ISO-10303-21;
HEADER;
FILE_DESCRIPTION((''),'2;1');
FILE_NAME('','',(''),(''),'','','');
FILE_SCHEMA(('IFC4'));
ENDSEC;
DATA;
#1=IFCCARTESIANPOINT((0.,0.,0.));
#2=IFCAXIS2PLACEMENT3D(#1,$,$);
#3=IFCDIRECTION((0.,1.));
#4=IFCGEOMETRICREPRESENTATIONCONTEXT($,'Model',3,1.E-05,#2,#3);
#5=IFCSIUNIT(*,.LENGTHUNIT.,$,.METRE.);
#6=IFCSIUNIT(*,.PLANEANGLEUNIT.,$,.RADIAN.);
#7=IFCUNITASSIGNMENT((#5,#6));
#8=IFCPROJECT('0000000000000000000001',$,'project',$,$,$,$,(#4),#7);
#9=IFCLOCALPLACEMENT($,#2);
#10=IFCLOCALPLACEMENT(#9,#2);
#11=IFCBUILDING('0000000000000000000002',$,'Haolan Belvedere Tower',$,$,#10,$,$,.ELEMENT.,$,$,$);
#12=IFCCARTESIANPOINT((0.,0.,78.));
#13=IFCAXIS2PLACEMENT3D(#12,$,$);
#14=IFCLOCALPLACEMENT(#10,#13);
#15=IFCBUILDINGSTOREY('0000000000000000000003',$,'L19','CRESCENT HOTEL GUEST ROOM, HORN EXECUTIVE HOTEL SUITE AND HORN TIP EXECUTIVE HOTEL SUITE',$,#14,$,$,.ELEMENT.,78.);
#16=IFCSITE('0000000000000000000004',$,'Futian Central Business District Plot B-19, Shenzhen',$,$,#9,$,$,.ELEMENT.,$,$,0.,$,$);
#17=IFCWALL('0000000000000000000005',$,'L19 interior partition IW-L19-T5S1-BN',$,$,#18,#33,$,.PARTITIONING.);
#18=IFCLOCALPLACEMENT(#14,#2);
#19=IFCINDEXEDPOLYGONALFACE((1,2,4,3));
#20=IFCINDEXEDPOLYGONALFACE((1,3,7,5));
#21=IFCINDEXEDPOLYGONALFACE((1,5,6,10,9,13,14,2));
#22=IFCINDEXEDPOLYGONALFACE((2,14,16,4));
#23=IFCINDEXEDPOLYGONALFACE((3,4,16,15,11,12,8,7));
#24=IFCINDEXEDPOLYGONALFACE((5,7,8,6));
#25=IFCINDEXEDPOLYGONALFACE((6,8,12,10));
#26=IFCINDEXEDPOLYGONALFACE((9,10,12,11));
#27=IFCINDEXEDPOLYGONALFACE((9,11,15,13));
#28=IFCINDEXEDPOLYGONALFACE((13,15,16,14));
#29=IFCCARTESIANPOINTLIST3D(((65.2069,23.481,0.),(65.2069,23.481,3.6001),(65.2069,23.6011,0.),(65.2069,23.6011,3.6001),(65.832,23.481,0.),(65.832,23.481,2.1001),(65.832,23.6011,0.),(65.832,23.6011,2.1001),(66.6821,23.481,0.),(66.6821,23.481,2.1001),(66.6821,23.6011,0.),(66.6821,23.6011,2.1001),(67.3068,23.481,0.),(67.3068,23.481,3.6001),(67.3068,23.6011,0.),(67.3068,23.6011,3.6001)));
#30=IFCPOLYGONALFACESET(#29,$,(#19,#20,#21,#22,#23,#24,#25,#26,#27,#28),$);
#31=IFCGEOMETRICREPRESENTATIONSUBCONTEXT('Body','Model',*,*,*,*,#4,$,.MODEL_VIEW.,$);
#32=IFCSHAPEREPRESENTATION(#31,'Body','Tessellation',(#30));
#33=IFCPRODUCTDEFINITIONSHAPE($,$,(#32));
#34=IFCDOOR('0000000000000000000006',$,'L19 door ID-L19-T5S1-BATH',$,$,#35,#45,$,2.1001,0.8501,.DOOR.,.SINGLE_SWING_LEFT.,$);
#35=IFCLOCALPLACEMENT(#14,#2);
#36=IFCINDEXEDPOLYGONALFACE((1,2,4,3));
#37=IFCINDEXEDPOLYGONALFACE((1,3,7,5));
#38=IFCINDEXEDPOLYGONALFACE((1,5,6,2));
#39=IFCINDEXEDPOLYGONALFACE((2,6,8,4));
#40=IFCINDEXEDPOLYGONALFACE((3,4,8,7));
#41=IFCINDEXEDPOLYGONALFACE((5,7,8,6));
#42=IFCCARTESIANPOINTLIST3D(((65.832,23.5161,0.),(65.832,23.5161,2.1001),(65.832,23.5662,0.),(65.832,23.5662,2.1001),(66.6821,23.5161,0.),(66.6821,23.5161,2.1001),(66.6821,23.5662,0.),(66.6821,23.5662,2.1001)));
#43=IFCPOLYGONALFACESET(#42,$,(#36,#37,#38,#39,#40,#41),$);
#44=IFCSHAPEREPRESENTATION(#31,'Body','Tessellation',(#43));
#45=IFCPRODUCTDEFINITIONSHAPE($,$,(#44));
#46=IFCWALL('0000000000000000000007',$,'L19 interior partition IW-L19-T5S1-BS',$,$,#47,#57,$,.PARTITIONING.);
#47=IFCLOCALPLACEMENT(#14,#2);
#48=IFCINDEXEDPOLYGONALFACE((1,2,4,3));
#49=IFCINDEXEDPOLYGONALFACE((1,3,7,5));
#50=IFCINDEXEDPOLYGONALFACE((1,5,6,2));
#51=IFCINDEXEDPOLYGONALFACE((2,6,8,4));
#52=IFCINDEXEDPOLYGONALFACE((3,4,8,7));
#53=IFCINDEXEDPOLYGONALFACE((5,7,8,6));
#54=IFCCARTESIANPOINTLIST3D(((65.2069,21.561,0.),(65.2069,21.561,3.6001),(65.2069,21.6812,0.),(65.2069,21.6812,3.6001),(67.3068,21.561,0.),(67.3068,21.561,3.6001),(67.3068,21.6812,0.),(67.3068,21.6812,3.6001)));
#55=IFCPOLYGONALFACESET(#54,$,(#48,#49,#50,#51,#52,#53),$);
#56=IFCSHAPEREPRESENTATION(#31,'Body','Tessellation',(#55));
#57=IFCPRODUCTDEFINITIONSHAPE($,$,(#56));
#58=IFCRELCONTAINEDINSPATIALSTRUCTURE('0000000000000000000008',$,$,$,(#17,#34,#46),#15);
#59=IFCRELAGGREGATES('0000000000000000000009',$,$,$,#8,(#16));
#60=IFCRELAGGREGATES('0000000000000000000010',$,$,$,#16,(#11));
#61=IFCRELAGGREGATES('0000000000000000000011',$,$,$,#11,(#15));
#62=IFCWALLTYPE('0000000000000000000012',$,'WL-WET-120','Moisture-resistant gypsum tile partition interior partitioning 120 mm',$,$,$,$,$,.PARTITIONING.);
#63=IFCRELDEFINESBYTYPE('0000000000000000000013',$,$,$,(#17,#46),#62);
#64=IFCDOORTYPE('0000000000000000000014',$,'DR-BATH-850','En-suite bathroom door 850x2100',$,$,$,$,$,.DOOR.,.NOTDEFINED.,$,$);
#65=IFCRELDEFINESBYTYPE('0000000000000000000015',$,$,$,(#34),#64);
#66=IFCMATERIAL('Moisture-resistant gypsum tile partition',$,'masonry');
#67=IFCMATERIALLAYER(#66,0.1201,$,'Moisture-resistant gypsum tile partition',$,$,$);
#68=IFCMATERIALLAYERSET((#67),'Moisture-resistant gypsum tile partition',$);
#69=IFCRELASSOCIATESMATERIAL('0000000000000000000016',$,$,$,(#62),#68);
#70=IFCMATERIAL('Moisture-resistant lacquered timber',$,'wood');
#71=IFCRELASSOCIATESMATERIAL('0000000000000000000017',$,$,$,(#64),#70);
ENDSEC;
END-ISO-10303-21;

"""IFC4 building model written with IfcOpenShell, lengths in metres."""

from ifc_helpers import new_model, si_unit, direction, frame, frame_2d, origin, place, context, subcontext, project, spatial, rectangle, extrude, material, layer, layer_set, type_object, element, fill, save


model = new_model("IFC4")

# Units and contexts
model_context = context("Model", 3, precision=1e-05, world=origin(), true_north=direction((0.0, 1.0)))
body_context = subcontext(model_context, "Body", "Model", "MODEL_VIEW")
ifc_project = project(units=[si_unit("LENGTHUNIT", "METRE"), si_unit("PLANEANGLEUNIT", "RADIAN")], contexts=[model_context])

# Site, building, storey
site_placement = place(None, origin())
site = spatial("IfcSite", under=ifc_project, at=site_placement, Name="Futian Central Business District Plot B-19, Shenzhen", CompositionType="ELEMENT", RefElevation=0.0)
building_placement = place(site_placement, origin())
building = spatial("IfcBuilding", under=site, at=building_placement, Name="Haolan Belvedere Tower", CompositionType="ELEMENT")
storey_placement = place(building_placement, frame((0.0, 0.0, 78.0)))
storey = spatial("IfcBuildingStorey", under=building, at=storey_placement, Name="L19", Description="CRESCENT HOTEL GUEST ROOM, HORN EXECUTIVE HOTEL SUITE AND HORN TIP EXECUTIVE HOTEL SUITE", CompositionType="ELEMENT", Elevation=78.0)

# Shared definitions
ifc_material_1 = material(Name="Moisture-resistant gypsum tile partition", Category="masonry")
ifc_layer_1 = layer(ifc_material_1, 0.1201, Name="Moisture-resistant gypsum tile partition")
ifc_layer_set_1 = layer_set([ifc_layer_1], Name="Moisture-resistant gypsum tile partition")
wall_type_1 = type_object("IfcWallType", Name="WL-WET-120", Description="Moisture-resistant gypsum tile partition interior partitioning 120 mm", PredefinedType="PARTITIONING", material=ifc_layer_set_1)
ifc_material_2 = material(Name="Moisture-resistant lacquered timber", Category="wood")
door_type_1 = type_object("IfcDoorType", Name="DR-BATH-850", Description="En-suite bathroom door 850x2100", OperationType="NOTDEFINED", PredefinedType="DOOR", material=ifc_material_2)

# Wall, opening, door
wall_1_placement = place(storey_placement, frame((65.207, 23.541, 0.0), z_axis=(0.0, 0.0, 1.0), x_axis=(1.0, 0.0, 0.0)))
wall_1 = element("IfcWall", 1, at=wall_1_placement, inside=storey, type_object=wall_type_1, Name="L19 interior partition IW-L19-T5S1-BN", PredefinedType="PARTITIONING", context=body_context, shape_type="SweptSolid", body=[
    extrude(rectangle(XDim=2.0999, YDim=0.1201, at=frame_2d((1.0498, 0.0))), origin(), (0.0, 0.0, 1.0), 3.6001),
])
opening_1_placement = place(wall_1_placement, frame((1.4751, 0.0, 0.0), z_axis=(0.0, 0.0, 1.0), x_axis=(-1.0, 0.0, 0.0)))
opening_1 = element("IfcOpeningElement", 2, at=opening_1_placement, cuts=wall_1, PredefinedType="OPENING", context=body_context, shape_type="SweptSolid", body=[
    extrude(rectangle(XDim=0.8501, YDim=2.1001, at=frame_2d((0.425, 1.05))), frame((0.0, 0.0701, 0.0), z_axis=(0.0, -1.0, 0.0), x_axis=(1.0, 0.0, 0.0)), (0.0, 0.0, 1.0), 0.1401),
])
door_1_placement = place(opening_1_placement, origin())
door_1 = element("IfcDoor", 3, at=door_1_placement, inside=storey, type_object=door_type_1, Name="L19 door ID-L19-T5S1-BATH", OperationType="SINGLE_SWING_LEFT", OverallHeight=2.1001, OverallWidth=0.8501, PredefinedType="DOOR", context=body_context, shape_type="SweptSolid", body=[
    extrude(rectangle(XDim=0.8501, YDim=2.1001, at=frame_2d((0.425, 1.05))), frame((0.0, 0.0249, 0.0), z_axis=(0.0, -1.0, 0.0), x_axis=(1.0, 0.0, 0.0)), (0.0, 0.0, 1.0), 0.05),
])
fill(opening_1, door_1)

# Wall
wall_2_placement = place(storey_placement, frame((65.207, 21.6211, 0.0), z_axis=(0.0, 0.0, 1.0), x_axis=(1.0, 0.0, 0.0)))
element("IfcWall", 4, at=wall_2_placement, inside=storey, type_object=wall_type_1, Name="L19 interior partition IW-L19-T5S1-BS", PredefinedType="PARTITIONING", context=body_context, shape_type="SweptSolid", body=[
    extrude(rectangle(XDim=2.0999, YDim=0.1201, at=frame_2d((1.0498, 0.0))), origin(), (0.0, 0.0, 1.0), 3.6001),
])

save(model, "model.ifc")
